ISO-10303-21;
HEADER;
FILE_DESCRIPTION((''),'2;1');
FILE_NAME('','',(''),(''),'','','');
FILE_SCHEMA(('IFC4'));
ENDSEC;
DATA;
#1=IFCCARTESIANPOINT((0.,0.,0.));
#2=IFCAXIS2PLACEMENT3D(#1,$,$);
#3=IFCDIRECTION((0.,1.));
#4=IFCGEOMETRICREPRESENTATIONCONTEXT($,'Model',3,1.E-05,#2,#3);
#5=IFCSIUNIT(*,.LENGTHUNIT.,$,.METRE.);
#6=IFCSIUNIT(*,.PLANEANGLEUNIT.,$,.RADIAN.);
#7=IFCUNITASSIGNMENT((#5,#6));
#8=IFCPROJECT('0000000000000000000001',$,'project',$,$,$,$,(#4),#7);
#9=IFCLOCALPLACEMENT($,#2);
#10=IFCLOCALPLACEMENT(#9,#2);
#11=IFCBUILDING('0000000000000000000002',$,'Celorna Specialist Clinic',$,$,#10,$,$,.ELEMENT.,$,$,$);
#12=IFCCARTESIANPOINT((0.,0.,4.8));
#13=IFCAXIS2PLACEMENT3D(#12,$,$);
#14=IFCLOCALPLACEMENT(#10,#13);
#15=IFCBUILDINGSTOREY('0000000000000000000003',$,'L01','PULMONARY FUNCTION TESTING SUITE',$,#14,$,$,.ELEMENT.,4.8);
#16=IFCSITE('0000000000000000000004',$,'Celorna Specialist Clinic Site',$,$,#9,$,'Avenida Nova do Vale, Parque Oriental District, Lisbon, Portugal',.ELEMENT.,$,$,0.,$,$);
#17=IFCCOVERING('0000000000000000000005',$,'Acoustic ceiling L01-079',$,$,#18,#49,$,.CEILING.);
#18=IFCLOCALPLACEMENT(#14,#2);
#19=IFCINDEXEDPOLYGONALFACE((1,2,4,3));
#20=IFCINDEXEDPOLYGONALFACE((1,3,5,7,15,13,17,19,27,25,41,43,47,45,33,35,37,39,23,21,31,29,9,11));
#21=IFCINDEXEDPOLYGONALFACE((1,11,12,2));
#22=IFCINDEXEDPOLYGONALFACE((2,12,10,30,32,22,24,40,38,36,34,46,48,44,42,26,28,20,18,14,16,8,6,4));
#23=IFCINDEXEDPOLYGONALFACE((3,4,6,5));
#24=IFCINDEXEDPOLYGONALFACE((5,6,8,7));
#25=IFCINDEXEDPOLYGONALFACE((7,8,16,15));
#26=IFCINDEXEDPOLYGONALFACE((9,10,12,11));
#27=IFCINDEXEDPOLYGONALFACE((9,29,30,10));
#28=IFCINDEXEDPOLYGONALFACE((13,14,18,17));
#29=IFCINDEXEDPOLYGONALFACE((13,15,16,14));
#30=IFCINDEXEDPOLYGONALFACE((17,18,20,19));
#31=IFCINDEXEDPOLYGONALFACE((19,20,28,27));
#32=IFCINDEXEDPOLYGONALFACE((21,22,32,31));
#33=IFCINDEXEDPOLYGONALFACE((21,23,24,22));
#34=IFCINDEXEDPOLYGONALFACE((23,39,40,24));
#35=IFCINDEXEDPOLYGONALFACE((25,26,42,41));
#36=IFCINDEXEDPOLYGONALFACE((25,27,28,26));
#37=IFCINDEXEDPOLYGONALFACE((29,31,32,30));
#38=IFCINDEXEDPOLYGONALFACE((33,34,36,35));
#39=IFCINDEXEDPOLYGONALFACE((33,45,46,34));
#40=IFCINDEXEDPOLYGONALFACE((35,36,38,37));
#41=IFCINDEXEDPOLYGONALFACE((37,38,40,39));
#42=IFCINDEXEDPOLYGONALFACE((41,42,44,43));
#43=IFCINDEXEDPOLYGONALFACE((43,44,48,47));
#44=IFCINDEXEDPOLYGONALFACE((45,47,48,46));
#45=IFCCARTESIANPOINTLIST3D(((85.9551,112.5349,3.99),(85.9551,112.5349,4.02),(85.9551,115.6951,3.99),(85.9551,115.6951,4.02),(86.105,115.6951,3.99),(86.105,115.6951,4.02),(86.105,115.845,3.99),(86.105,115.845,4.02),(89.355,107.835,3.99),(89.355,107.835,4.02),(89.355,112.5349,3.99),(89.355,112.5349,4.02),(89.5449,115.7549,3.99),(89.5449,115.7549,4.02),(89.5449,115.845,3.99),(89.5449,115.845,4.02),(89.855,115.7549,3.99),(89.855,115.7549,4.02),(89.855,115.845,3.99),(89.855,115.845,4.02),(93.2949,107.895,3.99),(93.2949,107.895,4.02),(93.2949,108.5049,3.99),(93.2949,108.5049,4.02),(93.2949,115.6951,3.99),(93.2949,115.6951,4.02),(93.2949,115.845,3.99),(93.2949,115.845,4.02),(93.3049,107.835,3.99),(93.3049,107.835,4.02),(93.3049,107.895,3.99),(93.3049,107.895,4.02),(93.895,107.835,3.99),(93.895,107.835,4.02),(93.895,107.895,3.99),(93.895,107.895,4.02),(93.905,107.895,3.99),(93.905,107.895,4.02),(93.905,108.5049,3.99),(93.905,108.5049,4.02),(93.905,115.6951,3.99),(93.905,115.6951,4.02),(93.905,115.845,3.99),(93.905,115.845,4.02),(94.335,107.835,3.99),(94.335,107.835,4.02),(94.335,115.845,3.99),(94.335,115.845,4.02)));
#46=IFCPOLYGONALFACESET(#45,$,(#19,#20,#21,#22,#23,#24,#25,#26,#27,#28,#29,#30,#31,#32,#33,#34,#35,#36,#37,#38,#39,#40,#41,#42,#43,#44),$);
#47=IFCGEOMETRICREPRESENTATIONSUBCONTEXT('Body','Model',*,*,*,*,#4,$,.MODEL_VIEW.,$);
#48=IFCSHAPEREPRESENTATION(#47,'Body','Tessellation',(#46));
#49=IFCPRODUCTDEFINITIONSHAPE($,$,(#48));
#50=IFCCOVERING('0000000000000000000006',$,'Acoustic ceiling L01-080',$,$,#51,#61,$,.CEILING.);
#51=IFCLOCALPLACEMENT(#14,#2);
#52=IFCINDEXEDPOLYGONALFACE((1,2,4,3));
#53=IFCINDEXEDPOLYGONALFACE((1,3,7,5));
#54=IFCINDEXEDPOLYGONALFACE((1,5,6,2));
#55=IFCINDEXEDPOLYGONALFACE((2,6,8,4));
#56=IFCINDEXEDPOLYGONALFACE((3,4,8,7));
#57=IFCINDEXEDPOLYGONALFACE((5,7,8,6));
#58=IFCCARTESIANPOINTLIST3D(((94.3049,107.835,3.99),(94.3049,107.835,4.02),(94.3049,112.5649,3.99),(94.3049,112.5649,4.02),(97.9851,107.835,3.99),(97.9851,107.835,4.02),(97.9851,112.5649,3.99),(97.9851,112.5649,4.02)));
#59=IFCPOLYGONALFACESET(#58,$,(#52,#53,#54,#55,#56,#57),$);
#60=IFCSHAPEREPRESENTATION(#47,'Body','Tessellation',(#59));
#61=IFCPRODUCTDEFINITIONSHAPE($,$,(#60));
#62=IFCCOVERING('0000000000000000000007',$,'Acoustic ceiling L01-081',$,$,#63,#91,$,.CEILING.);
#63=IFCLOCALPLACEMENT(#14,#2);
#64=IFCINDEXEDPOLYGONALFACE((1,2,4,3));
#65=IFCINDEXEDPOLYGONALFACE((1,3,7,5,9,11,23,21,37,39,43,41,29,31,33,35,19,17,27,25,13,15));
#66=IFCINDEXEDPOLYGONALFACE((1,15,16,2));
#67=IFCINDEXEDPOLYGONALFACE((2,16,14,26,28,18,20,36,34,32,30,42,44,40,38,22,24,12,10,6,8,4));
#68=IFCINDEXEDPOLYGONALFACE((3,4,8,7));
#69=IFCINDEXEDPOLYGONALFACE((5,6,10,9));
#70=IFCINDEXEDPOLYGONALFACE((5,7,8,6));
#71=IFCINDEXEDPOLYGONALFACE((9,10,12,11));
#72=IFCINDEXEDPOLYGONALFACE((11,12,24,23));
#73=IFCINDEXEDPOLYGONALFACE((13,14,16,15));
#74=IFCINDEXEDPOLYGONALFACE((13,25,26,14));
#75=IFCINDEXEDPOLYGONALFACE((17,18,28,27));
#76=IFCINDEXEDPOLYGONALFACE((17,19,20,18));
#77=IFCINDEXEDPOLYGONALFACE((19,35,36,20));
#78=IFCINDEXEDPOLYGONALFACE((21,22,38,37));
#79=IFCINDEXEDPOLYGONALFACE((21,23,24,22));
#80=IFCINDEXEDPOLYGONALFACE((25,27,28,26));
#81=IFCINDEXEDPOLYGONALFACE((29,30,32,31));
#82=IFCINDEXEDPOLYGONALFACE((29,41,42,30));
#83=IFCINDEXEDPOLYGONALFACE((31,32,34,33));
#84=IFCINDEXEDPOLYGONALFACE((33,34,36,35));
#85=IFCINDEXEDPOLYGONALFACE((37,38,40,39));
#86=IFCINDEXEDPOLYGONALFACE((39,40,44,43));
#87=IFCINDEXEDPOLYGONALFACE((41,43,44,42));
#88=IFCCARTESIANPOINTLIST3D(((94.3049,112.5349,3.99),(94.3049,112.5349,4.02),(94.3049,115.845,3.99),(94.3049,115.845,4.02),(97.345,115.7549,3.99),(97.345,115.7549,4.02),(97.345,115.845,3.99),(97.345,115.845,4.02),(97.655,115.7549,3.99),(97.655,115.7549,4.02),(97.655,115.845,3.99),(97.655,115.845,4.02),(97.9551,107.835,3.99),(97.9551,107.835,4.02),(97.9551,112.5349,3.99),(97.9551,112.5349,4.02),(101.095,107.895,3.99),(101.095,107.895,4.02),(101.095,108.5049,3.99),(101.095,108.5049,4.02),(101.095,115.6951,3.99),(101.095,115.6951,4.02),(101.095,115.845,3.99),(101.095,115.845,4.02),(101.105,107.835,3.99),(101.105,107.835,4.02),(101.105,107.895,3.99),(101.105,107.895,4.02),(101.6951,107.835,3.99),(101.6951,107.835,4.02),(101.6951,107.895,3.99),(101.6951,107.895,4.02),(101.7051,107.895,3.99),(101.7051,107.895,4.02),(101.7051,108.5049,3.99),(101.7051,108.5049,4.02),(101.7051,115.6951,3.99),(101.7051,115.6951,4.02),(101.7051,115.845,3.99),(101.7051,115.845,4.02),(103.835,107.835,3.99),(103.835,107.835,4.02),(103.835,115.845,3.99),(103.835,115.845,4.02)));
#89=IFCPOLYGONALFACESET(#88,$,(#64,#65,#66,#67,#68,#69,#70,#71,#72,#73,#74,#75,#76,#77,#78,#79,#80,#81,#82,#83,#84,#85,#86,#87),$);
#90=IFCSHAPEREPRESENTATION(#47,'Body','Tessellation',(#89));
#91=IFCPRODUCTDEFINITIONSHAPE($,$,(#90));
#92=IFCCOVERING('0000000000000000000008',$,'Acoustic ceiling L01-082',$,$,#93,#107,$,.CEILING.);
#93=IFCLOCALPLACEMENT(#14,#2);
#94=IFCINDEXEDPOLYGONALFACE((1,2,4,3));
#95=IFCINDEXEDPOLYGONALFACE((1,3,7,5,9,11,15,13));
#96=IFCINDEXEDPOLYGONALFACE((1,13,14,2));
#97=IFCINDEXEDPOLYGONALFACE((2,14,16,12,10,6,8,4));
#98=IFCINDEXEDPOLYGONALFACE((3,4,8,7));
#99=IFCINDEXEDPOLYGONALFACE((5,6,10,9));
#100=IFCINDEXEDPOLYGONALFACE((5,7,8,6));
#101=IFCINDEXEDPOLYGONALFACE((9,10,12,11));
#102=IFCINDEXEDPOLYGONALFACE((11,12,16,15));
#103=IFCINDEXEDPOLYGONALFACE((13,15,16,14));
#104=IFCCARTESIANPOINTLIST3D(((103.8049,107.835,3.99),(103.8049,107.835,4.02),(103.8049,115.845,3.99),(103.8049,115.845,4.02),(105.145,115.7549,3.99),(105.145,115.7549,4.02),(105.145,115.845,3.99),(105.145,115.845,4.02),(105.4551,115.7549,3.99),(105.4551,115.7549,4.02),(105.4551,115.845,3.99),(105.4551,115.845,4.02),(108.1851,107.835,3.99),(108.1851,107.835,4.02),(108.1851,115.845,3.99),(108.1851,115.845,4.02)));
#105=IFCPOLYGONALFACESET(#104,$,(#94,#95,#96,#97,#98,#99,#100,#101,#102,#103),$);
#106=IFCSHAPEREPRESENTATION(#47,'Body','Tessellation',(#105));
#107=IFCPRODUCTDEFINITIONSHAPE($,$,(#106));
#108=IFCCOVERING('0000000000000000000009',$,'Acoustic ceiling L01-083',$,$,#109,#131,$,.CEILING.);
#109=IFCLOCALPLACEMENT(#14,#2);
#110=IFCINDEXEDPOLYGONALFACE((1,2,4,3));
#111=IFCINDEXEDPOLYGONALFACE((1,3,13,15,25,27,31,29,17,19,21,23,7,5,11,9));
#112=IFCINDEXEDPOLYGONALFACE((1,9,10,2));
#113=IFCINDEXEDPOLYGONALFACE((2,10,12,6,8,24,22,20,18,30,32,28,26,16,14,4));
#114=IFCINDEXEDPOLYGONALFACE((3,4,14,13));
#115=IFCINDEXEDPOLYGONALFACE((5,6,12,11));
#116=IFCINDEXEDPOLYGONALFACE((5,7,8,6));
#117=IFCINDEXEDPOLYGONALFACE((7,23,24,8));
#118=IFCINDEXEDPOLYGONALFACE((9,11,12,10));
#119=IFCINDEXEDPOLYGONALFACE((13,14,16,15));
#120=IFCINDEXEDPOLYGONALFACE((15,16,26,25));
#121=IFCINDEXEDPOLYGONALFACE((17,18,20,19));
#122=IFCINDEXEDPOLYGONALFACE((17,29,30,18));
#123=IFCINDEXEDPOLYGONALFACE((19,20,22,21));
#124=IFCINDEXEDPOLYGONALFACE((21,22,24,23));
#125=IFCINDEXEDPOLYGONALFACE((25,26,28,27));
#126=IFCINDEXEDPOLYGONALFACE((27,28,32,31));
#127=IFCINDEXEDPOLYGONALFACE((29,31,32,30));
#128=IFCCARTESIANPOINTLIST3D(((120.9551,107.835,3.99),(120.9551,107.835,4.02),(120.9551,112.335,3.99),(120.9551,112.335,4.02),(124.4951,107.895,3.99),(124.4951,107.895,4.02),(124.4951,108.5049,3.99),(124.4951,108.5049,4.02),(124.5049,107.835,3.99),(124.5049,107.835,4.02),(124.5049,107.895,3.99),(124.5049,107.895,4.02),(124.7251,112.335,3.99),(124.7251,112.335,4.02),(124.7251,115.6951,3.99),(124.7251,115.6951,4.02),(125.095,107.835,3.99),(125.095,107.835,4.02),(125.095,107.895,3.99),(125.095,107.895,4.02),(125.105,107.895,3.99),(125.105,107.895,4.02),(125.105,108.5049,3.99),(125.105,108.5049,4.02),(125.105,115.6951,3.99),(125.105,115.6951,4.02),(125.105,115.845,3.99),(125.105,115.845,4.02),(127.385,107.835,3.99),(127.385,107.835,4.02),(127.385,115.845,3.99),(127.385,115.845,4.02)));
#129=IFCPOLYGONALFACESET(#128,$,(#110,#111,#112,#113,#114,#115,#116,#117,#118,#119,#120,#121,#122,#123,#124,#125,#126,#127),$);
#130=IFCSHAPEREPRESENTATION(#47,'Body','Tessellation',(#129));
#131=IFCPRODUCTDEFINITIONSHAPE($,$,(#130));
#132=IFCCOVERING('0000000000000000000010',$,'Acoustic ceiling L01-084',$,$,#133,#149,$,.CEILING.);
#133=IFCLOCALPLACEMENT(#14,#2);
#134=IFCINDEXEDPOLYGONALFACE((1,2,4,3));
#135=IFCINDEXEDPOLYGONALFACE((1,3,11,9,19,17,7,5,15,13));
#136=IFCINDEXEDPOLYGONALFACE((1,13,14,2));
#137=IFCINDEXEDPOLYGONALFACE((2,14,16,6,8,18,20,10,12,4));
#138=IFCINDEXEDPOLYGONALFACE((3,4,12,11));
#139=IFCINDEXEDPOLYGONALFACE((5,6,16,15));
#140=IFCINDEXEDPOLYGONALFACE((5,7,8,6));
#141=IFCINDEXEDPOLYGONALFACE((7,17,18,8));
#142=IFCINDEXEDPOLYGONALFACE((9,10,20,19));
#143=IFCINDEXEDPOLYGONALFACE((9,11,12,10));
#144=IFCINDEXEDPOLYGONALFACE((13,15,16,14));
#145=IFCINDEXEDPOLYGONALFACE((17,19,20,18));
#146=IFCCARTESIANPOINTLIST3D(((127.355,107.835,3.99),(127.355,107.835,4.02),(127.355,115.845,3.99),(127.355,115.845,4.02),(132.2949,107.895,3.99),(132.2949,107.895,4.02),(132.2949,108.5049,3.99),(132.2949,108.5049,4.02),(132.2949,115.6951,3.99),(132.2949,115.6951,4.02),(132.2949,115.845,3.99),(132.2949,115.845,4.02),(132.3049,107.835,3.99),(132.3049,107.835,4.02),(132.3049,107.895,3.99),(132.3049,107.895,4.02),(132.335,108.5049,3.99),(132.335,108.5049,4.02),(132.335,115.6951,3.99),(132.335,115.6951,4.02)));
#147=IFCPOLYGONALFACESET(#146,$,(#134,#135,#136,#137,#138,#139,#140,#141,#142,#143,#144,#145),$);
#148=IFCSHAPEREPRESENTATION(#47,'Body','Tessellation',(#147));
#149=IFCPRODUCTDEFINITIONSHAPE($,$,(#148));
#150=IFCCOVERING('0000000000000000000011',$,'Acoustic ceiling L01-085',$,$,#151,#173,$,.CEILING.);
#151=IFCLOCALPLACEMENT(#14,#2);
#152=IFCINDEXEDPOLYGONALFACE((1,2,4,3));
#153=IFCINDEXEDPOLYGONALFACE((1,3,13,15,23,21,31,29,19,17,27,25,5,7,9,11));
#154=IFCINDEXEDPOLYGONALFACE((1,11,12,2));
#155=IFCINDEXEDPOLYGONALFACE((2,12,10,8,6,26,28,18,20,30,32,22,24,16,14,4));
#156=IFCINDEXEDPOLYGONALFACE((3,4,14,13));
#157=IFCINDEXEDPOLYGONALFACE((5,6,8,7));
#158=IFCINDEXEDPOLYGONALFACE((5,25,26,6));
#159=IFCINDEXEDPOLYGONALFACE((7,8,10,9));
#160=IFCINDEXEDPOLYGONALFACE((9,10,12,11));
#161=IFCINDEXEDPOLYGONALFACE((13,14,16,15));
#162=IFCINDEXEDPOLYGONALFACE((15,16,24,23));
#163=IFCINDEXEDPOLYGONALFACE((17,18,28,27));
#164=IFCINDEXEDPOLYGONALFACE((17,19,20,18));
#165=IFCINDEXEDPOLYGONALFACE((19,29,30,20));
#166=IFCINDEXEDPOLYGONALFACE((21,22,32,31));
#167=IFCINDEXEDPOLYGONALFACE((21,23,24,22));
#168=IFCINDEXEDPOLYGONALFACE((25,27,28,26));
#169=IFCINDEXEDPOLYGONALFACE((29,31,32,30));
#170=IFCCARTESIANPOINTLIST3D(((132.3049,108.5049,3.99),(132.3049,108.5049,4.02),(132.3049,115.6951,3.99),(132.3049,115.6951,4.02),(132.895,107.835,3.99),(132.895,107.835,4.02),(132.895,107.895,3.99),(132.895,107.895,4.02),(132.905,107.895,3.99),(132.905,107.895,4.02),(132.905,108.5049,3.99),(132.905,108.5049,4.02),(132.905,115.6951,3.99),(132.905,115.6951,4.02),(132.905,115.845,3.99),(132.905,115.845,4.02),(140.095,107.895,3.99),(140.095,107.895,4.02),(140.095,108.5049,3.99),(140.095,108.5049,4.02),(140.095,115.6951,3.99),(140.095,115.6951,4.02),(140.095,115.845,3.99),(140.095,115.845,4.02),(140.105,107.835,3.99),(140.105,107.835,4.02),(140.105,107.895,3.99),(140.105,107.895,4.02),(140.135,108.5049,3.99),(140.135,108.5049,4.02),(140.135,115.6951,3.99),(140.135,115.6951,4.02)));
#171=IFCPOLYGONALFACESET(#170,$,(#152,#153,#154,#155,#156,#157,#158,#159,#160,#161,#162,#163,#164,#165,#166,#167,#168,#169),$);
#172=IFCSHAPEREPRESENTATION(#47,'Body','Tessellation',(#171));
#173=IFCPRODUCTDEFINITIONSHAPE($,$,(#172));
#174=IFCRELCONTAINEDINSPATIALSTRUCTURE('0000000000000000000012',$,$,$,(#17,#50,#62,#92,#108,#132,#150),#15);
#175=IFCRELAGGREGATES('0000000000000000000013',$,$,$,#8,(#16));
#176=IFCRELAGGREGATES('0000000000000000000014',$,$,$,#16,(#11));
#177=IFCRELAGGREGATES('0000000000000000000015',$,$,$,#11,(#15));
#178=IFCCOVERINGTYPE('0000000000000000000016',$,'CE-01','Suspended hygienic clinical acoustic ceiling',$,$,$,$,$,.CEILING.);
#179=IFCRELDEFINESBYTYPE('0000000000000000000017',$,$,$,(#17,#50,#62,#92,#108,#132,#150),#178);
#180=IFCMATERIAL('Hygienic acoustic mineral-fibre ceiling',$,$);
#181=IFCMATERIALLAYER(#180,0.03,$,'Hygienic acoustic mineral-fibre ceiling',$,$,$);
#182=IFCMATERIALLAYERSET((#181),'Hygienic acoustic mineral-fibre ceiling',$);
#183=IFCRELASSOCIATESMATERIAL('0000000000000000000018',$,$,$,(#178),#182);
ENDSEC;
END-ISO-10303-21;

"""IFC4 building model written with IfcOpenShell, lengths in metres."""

from ifc_helpers import new_model, si_unit, direction, frame, origin, place, context, subcontext, project, spatial, polyline, outline, extrude, material, layer, layer_set, type_object, element, save


model = new_model("IFC4")

# Units and contexts
model_context = context("Model", 3, precision=1e-05, world=origin(), true_north=direction((0.0, 1.0)))
body_context = subcontext(model_context, "Body", "Model", "MODEL_VIEW")
ifc_project = project(units=[si_unit("LENGTHUNIT", "METRE"), si_unit("PLANEANGLEUNIT", "RADIAN")], contexts=[model_context])

# Site, building, storey
site_placement = place(None, origin())
site = spatial("IfcSite", under=ifc_project, at=site_placement, Name="Celorna Specialist Clinic Site", LongName="Avenida Nova do Vale, Parque Oriental District, Lisbon, Portugal", CompositionType="ELEMENT", RefElevation=0.0)
building_placement = place(site_placement, origin())
building = spatial("IfcBuilding", under=site, at=building_placement, Name="Celorna Specialist Clinic", CompositionType="ELEMENT")
storey_placement = place(building_placement, frame((0.0, 0.0, 4.8)))
storey = spatial("IfcBuildingStorey", under=building, at=storey_placement, Name="L01", Description="PULMONARY FUNCTION TESTING SUITE", CompositionType="ELEMENT", Elevation=4.8)

# Coverings
ifc_material_1 = material(Name="Hygienic acoustic mineral-fibre ceiling")
ifc_layer_1 = layer(ifc_material_1, 0.03, Name="Hygienic acoustic mineral-fibre ceiling")
ifc_layer_set_1 = layer_set([ifc_layer_1], Name="Hygienic acoustic mineral-fibre ceiling")
covering_type_1 = type_object("IfcCoveringType", Name="CE-01", Description="Suspended hygienic clinical acoustic ceiling", PredefinedType="CEILING", material=ifc_layer_set_1)
covering_1_placement = place(storey_placement, frame((0.0, 0.0, 3.99)))
element("IfcCovering", 1, at=covering_1_placement, inside=storey, type_object=covering_type_1, Name="Acoustic ceiling L01-079", PredefinedType="CEILING", context=body_context, shape_type="SweptSolid", body=[
    extrude(outline(polyline([(89.355, 112.5349), (85.9551, 112.5349), (85.9551, 115.6951), (86.105, 115.6951), (86.105, 115.845), (89.5449, 115.845), (89.5449, 115.7549), (89.855, 115.7549), (89.855, 115.845), (93.2949, 115.845), (93.2949, 115.6951), (93.905, 115.6951), (93.905, 115.845), (94.335, 115.845), (94.335, 107.835), (93.895, 107.835), (93.895, 107.895), (93.905, 107.895), (93.905, 108.5049), (93.2949, 108.5049), (93.2949, 107.895), (93.3049, 107.895), (93.3049, 107.835), (89.355, 107.835), (89.355, 112.5349)])), origin(), (0.0, 0.0, 1.0), 0.03),
])
covering_2_placement = place(storey_placement, frame((0.0, 0.0, 3.99)))
element("IfcCovering", 2, at=covering_2_placement, inside=storey, type_object=covering_type_1, Name="Acoustic ceiling L01-080", PredefinedType="CEILING", context=body_context, shape_type="SweptSolid", body=[
    extrude(outline(polyline([(97.9851, 112.5649), (97.9851, 107.835), (94.3049, 107.835), (94.3049, 112.5649), (97.9851, 112.5649)])), origin(), (0.0, 0.0, 1.0), 0.03),
])
covering_3_placement = place(storey_placement, frame((0.0, 0.0, 3.99)))
element("IfcCovering", 3, at=covering_3_placement, inside=storey, type_object=covering_type_1, Name="Acoustic ceiling L01-081", PredefinedType="CEILING", context=body_context, shape_type="SweptSolid", body=[
    extrude(outline(polyline([(101.095, 115.845), (101.095, 115.6951), (101.7051, 115.6951), (101.7051, 115.845), (103.835, 115.845), (103.835, 107.835), (101.6951, 107.835), (101.6951, 107.895), (101.7051, 107.895), (101.7051, 108.5049), (101.095, 108.5049), (101.095, 107.895), (101.105, 107.895), (101.105, 107.835), (97.9551, 107.835), (97.9551, 112.5349), (94.3049, 112.5349), (94.3049, 115.845), (97.345, 115.845), (97.345, 115.7549), (97.655, 115.7549), (97.655, 115.845), (101.095, 115.845)])), origin(), (0.0, 0.0, 1.0), 0.03),
])
covering_4_placement = place(storey_placement, frame((0.0, 0.0, 3.99)))
element("IfcCovering", 4, at=covering_4_placement, inside=storey, type_object=covering_type_1, Name="Acoustic ceiling L01-082", PredefinedType="CEILING", context=body_context, shape_type="SweptSolid", body=[
    extrude(outline(polyline([(105.145, 115.845), (105.145, 115.7549), (105.4551, 115.7549), (105.4551, 115.845), (108.1851, 115.845), (108.1851, 107.835), (103.8049, 107.835), (103.8049, 115.845), (105.145, 115.845)])), origin(), (0.0, 0.0, 1.0), 0.03),
])
covering_5_placement = place(storey_placement, frame((0.0, 0.0, 3.99)))
element("IfcCovering", 5, at=covering_5_placement, inside=storey, type_object=covering_type_1, Name="Acoustic ceiling L01-083", PredefinedType="CEILING", context=body_context, shape_type="SweptSolid", body=[
    extrude(outline(polyline([(120.9551, 107.835), (120.9551, 112.335), (124.7251, 112.335), (124.7251, 115.6951), (125.105, 115.6951), (125.105, 115.845), (127.385, 115.845), (127.385, 107.835), (125.095, 107.835), (125.095, 107.895), (125.105, 107.895), (125.105, 108.5049), (124.4951, 108.5049), (124.4951, 107.895), (124.5049, 107.895), (124.5049, 107.835), (120.9551, 107.835)])), origin(), (0.0, 0.0, 1.0), 0.03),
])
covering_6_placement = place(storey_placement, frame((0.0, 0.0, 3.99)))
element("IfcCovering", 6, at=covering_6_placement, inside=storey, type_object=covering_type_1, Name="Acoustic ceiling L01-084", PredefinedType="CEILING", context=body_context, shape_type="SweptSolid", body=[
    extrude(outline(polyline([(132.2949, 115.845), (132.2949, 115.6951), (132.335, 115.6951), (132.335, 108.5049), (132.2949, 108.5049), (132.2949, 107.895), (132.3049, 107.895), (132.3049, 107.835), (127.355, 107.835), (127.355, 115.845), (132.2949, 115.845)])), origin(), (0.0, 0.0, 1.0), 0.03),
])
covering_7_placement = place(storey_placement, frame((0.0, 0.0, 3.99)))
element("IfcCovering", 7, at=covering_7_placement, inside=storey, type_object=covering_type_1, Name="Acoustic ceiling L01-085", PredefinedType="CEILING", context=body_context, shape_type="SweptSolid", body=[
    extrude(outline(polyline([(132.895, 107.895), (132.905, 107.895), (132.905, 108.5049), (132.3049, 108.5049), (132.3049, 115.6951), (132.905, 115.6951), (132.905, 115.845), (140.095, 115.845), (140.095, 115.6951), (140.135, 115.6951), (140.135, 108.5049), (140.095, 108.5049), (140.095, 107.895), (140.105, 107.895), (140.105, 107.835), (132.895, 107.835), (132.895, 107.895)])), origin(), (0.0, 0.0, 1.0), 0.03),
])

save(model, "model.ifc")
